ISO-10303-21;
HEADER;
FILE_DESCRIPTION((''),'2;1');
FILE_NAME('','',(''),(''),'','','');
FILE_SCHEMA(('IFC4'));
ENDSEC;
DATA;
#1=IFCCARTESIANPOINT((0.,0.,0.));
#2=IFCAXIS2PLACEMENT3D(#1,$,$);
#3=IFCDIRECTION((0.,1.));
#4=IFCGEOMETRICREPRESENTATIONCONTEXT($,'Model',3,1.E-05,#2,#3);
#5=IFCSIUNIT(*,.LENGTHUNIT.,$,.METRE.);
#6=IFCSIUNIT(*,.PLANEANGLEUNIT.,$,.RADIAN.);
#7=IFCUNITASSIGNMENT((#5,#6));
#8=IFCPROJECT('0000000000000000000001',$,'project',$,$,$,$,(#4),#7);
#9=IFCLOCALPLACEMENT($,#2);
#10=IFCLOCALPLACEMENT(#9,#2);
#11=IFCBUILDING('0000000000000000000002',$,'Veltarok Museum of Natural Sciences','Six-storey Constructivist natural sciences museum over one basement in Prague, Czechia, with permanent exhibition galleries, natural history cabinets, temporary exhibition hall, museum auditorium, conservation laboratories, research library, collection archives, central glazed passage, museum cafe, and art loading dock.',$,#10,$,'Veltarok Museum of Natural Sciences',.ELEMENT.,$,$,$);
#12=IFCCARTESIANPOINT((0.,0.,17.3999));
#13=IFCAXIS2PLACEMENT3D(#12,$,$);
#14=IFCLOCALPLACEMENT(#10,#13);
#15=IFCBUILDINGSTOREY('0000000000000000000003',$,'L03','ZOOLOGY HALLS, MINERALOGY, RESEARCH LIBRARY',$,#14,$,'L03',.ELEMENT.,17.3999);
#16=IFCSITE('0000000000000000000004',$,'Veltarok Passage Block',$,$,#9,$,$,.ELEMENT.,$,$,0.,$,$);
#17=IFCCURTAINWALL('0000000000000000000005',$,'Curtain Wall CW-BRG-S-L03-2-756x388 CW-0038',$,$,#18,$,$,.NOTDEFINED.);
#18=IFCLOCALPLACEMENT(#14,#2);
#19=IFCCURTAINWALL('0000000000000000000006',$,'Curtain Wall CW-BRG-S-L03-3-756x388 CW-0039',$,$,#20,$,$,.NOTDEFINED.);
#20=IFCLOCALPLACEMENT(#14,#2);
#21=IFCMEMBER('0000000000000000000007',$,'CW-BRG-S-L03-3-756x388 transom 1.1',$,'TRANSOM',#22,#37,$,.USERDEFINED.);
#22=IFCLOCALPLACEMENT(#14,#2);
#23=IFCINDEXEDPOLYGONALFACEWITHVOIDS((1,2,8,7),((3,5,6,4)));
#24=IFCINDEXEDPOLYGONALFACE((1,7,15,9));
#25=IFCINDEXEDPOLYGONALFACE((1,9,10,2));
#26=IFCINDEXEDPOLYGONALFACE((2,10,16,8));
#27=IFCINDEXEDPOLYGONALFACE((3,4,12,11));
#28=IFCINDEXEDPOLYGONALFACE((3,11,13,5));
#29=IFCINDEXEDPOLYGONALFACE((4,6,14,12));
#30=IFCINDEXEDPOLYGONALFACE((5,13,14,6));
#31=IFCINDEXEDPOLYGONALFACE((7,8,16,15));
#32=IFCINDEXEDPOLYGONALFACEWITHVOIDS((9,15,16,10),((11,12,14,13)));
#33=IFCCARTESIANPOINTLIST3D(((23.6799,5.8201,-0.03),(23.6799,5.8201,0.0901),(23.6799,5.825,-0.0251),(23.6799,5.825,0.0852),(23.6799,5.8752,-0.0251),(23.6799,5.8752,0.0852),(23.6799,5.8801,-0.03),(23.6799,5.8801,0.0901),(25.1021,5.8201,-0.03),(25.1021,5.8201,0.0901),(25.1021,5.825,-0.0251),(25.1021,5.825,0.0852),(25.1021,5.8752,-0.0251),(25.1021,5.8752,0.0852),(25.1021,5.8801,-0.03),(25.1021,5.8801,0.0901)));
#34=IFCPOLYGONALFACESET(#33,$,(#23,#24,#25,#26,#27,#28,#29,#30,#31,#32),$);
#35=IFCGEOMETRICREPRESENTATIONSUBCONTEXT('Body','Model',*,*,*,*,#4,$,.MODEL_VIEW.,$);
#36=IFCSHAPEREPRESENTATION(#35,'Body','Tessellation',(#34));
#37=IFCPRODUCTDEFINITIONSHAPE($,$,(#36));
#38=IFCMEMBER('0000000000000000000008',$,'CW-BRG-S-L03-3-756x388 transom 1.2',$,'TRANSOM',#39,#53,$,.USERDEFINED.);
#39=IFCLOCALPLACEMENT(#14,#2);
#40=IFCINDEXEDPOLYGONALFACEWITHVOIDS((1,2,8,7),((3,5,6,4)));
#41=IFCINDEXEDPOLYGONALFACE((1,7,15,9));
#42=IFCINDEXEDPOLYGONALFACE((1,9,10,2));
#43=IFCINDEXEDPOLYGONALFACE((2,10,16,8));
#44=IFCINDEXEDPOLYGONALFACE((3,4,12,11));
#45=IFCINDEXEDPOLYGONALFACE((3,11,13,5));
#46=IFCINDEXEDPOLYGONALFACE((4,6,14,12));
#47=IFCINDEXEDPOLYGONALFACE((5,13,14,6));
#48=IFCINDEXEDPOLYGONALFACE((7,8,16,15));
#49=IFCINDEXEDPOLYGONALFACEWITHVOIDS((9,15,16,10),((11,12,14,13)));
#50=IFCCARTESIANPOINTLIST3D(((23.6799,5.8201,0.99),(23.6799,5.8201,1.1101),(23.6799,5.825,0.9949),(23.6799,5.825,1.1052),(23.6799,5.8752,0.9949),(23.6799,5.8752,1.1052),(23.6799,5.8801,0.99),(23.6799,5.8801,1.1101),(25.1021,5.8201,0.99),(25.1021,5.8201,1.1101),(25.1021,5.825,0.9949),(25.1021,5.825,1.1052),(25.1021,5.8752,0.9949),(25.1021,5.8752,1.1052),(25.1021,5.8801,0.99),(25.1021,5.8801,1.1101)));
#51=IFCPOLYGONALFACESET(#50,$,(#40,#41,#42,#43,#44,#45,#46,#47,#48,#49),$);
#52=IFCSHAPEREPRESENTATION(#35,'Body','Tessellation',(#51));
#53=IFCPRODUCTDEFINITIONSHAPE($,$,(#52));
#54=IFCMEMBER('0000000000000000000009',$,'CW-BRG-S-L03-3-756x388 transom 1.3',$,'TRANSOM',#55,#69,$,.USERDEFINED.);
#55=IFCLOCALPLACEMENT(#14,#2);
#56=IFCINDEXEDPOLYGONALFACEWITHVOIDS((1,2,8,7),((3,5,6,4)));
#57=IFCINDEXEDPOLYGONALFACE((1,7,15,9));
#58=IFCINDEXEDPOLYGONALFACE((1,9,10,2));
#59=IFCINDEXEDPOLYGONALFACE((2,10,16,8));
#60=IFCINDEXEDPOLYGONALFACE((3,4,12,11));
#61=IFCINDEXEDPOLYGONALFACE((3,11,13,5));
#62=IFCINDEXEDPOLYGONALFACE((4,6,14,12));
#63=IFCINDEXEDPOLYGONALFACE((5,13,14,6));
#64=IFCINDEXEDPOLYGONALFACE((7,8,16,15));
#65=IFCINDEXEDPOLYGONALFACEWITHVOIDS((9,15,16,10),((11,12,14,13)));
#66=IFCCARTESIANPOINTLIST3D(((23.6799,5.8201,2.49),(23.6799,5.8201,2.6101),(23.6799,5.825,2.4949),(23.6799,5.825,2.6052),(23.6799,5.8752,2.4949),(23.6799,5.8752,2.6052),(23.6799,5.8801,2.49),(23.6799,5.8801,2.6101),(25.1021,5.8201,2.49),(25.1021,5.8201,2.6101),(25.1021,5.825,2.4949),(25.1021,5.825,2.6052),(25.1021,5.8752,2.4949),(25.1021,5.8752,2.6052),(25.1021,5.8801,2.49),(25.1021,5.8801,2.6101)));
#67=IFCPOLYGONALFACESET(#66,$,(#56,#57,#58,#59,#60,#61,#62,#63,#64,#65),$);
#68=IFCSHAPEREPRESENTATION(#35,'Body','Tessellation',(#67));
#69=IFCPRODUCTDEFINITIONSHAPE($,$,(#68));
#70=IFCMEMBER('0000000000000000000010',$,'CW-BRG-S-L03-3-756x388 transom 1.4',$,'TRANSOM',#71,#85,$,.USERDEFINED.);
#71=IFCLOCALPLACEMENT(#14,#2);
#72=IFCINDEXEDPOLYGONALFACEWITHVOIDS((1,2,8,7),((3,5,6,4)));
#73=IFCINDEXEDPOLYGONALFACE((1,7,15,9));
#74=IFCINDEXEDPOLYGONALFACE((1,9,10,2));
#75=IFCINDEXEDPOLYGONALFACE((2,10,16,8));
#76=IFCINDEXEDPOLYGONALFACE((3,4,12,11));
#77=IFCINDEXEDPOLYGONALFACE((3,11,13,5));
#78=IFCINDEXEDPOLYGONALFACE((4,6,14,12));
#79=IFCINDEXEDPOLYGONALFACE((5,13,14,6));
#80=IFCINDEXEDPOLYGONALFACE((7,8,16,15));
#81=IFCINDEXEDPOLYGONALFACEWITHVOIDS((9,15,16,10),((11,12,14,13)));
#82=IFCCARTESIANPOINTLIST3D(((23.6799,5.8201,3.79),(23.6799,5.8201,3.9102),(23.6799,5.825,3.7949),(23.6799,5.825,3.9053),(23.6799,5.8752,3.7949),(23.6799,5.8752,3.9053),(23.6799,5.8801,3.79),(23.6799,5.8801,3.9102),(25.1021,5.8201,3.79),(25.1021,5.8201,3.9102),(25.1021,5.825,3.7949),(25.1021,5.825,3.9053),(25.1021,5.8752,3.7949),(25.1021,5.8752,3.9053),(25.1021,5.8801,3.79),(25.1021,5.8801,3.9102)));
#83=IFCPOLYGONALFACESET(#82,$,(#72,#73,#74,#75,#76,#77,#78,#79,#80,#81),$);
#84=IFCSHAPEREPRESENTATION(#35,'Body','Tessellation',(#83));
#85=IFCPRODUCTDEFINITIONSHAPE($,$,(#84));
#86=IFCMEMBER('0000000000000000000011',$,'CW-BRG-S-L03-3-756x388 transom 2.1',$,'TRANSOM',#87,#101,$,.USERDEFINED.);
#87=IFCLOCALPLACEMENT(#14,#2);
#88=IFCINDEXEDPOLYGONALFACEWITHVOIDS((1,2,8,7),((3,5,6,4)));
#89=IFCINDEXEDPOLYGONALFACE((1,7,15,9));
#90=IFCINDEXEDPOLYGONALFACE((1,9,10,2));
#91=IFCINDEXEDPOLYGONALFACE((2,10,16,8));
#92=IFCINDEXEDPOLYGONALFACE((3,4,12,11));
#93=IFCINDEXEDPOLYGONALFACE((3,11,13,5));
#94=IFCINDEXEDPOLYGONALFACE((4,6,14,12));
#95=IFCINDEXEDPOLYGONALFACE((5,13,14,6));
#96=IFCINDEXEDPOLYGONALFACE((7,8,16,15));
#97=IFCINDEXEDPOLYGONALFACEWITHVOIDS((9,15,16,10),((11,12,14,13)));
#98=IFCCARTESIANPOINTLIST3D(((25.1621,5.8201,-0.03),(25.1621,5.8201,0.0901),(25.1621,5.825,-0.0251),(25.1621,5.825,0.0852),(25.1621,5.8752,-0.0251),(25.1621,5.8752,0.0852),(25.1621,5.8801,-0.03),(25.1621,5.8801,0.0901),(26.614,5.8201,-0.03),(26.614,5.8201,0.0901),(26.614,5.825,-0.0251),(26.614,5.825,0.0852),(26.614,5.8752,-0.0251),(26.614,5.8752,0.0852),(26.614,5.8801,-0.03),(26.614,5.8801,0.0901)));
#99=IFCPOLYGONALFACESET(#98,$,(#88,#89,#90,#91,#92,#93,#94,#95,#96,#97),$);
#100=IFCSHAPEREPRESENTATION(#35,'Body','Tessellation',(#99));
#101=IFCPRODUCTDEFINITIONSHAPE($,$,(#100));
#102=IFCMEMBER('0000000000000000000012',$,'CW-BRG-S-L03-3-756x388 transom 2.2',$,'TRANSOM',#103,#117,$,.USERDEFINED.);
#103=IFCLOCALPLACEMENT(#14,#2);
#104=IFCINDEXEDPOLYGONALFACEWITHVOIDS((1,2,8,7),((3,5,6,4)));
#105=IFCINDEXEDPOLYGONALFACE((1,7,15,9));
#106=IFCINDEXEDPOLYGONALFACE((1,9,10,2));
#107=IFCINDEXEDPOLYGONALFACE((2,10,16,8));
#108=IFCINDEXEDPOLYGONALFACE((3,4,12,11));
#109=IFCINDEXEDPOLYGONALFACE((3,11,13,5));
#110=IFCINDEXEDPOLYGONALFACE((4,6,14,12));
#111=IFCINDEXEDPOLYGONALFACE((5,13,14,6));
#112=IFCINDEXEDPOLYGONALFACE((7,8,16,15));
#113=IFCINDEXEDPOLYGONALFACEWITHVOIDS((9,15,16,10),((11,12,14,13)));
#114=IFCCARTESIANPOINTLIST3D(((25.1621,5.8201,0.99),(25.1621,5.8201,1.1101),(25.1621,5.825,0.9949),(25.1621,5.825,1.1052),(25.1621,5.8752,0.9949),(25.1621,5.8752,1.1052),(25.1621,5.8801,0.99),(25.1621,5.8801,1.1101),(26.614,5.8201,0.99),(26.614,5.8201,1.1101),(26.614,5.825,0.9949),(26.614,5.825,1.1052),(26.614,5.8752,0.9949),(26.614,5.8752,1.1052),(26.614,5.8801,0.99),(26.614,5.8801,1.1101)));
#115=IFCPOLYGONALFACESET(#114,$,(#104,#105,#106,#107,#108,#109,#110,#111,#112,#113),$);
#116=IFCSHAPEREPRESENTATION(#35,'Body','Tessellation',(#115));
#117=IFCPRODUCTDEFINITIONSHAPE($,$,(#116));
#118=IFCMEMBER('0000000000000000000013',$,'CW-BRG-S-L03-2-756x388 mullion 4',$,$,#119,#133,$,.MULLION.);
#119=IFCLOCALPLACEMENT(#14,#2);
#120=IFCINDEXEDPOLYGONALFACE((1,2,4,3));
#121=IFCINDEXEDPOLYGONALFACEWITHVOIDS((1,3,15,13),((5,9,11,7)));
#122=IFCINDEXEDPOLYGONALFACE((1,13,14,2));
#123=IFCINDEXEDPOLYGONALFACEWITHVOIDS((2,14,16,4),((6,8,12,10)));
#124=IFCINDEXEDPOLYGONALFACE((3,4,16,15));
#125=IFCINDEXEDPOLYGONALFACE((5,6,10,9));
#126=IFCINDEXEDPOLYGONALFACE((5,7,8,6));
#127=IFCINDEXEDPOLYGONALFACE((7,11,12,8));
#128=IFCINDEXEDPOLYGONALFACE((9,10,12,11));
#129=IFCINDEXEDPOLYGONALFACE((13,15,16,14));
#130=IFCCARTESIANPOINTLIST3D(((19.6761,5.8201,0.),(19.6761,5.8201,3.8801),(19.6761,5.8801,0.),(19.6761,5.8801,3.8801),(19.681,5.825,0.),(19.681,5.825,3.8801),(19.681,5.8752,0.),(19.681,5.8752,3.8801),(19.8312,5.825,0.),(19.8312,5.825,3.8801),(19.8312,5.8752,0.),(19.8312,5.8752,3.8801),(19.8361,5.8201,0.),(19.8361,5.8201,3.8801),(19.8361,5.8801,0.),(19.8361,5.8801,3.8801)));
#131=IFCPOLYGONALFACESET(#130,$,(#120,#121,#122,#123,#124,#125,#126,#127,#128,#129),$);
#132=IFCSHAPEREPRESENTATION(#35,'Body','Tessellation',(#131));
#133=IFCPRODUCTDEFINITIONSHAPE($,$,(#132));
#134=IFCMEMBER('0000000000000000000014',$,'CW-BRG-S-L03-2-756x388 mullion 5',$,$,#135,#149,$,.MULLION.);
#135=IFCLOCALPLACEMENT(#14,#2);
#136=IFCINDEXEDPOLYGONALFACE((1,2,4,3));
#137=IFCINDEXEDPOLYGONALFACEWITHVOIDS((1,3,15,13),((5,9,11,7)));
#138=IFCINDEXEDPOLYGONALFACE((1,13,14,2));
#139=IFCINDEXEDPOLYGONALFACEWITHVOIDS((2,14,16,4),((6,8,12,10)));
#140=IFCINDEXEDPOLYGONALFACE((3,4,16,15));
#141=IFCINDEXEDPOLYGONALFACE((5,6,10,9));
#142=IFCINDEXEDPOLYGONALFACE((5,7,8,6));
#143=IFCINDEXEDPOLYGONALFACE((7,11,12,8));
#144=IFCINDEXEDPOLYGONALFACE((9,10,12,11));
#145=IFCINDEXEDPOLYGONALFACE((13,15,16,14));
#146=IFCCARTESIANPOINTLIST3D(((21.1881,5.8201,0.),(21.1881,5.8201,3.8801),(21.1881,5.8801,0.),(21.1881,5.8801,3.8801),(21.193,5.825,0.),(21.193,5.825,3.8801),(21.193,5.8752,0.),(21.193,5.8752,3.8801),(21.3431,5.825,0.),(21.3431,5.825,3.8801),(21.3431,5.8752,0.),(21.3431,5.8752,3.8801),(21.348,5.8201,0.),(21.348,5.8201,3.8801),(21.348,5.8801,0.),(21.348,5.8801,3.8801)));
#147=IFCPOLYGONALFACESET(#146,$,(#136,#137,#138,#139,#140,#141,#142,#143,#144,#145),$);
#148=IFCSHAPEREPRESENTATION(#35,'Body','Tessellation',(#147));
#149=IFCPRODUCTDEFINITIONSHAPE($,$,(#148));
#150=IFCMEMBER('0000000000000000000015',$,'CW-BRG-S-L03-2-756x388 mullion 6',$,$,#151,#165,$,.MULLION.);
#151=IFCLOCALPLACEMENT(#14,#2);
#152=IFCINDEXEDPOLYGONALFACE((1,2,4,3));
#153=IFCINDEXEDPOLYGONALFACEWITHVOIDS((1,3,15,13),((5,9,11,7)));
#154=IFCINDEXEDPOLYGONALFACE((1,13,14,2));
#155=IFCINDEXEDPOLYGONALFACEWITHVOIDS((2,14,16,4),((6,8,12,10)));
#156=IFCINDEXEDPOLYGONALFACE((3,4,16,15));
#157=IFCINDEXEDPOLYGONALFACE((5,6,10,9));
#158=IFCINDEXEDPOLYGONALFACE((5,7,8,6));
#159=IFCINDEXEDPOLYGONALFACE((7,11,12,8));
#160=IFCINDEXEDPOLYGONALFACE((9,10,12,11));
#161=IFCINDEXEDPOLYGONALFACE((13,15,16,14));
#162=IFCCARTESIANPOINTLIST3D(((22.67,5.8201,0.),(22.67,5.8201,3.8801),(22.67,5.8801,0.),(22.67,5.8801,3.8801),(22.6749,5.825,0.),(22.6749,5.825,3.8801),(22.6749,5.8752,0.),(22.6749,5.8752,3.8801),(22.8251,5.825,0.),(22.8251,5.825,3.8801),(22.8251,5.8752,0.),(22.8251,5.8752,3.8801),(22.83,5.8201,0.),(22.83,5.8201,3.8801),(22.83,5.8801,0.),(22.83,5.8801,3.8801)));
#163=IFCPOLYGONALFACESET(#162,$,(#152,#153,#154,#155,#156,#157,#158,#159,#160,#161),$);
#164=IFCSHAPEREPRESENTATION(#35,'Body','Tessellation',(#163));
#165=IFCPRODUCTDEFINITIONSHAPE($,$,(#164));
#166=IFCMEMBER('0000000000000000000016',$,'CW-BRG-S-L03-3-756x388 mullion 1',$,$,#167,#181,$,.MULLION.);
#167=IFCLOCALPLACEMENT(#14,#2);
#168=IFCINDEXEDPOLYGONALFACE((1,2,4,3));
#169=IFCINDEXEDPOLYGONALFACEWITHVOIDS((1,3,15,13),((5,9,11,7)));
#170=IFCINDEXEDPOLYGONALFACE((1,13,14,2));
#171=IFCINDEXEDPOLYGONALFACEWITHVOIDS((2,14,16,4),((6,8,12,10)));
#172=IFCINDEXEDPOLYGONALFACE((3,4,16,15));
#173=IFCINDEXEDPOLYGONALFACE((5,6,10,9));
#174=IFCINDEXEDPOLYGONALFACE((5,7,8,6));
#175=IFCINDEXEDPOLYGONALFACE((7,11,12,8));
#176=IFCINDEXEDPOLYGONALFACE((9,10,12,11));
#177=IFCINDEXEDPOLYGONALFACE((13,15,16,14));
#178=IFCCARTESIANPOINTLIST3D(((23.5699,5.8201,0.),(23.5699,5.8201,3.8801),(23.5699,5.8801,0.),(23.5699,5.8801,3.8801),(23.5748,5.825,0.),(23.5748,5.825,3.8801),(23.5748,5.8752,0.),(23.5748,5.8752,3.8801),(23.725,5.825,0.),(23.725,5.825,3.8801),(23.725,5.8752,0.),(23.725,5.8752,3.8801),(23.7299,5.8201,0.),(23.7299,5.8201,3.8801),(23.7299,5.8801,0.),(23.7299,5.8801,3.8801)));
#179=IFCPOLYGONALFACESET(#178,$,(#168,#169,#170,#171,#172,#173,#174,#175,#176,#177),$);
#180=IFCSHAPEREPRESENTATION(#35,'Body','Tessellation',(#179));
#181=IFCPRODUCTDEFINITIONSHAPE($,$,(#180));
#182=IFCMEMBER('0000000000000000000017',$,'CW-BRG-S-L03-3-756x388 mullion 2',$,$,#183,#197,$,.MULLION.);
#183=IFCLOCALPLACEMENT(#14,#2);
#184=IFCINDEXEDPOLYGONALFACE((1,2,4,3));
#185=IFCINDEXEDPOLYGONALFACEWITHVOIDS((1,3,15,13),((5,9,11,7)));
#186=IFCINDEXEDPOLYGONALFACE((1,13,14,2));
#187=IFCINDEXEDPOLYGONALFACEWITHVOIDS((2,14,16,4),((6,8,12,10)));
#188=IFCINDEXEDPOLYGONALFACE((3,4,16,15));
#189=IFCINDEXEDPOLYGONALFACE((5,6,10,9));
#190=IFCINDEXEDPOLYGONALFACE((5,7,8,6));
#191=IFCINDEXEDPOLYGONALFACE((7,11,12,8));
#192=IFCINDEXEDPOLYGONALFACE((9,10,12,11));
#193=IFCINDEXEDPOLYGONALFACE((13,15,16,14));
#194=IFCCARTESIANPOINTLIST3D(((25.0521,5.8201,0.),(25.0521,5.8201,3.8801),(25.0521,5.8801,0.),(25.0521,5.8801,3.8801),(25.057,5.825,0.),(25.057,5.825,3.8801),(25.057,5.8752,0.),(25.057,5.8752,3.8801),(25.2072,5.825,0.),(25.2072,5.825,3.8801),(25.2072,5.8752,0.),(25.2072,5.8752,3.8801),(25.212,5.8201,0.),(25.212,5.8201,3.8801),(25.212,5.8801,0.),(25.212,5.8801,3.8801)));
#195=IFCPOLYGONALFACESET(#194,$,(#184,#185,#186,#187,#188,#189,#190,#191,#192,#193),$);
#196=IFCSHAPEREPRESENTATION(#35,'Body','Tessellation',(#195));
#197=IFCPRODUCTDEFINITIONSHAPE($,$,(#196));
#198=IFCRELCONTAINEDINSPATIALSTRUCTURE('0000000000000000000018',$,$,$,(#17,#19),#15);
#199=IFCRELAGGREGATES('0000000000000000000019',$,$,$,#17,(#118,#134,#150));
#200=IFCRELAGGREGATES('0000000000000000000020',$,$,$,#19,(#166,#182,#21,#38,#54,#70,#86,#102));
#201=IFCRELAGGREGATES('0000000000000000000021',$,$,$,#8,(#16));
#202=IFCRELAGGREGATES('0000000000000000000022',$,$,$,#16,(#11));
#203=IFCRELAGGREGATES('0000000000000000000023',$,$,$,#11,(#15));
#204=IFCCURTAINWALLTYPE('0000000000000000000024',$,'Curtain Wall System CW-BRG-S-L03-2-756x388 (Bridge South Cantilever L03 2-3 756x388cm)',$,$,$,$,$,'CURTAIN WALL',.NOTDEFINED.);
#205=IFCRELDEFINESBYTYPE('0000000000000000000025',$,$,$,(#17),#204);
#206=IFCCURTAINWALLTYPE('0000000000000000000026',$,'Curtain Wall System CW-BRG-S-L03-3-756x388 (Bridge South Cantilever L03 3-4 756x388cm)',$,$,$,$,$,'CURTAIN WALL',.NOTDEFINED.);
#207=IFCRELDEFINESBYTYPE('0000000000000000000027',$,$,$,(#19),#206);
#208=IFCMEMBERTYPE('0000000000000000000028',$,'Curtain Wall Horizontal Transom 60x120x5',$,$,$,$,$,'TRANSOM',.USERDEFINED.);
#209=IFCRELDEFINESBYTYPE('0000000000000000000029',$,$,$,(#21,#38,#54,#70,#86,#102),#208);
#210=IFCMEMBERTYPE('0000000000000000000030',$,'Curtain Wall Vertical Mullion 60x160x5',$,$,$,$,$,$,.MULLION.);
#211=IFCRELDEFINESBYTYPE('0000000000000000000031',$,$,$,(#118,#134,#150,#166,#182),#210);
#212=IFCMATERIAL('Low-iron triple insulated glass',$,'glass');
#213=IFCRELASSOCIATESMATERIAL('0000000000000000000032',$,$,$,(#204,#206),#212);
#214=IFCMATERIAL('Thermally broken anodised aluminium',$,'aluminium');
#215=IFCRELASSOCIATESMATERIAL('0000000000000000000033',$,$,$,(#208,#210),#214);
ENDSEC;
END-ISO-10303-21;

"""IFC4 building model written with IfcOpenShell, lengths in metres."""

from ifc_helpers import new_model, si_unit, direction, frame, origin, origin_2d, place, context, subcontext, project, spatial, hollow_rectangle, extrude, material, material_profile, profile_set, type_object, element, aggregate, save


model = new_model("IFC4")

# Units and contexts
model_context = context("Model", 3, precision=1e-05, world=origin(), true_north=direction((0.0, 1.0)))
body_context = subcontext(model_context, "Body", "Model", "MODEL_VIEW")
ifc_project = project(units=[si_unit("LENGTHUNIT", "METRE"), si_unit("PLANEANGLEUNIT", "RADIAN")], contexts=[model_context])

# Site, building, storey
site_placement = place(None, origin())
site = spatial("IfcSite", under=ifc_project, at=site_placement, Name="Veltarok Passage Block", CompositionType="ELEMENT", RefElevation=0.0)
building_placement = place(site_placement, origin())
building = spatial("IfcBuilding", under=site, at=building_placement, Name="Veltarok Museum of Natural Sciences", Description="Six-storey Constructivist natural sciences museum over one basement in Prague, Czechia, with permanent exhibition galleries, natural history cabinets, temporary exhibition hall, museum auditorium, conservation laboratories, research library, collection archives, central glazed passage, museum cafe, and art loading dock.", LongName="Veltarok Museum of Natural Sciences", CompositionType="ELEMENT")
storey_placement = place(building_placement, frame((0.0, 0.0, 17.3999)))
storey = spatial("IfcBuildingStorey", under=building, at=storey_placement, Name="L03", Description="ZOOLOGY HALLS, MINERALOGY, RESEARCH LIBRARY", LongName="L03", CompositionType="ELEMENT", Elevation=17.3999)

# Curtain walls, members
ifc_material_1 = material(Name="Low-iron triple insulated glass", Category="glass")
curtain_wall_type_1 = type_object("IfcCurtainWallType", Name="Curtain Wall System CW-BRG-S-L03-2-756x388 (Bridge South Cantilever L03 2-3 756x388cm)", ElementType="CURTAIN WALL", PredefinedType="NOTDEFINED", material=ifc_material_1)
curtain_wall_1_placement = place(storey_placement, origin())
curtain_wall_1 = element("IfcCurtainWall", 1, at=curtain_wall_1_placement, inside=storey, type_object=curtain_wall_type_1, Name="Curtain Wall CW-BRG-S-L03-2-756x388 CW-0038", PredefinedType="NOTDEFINED")
ifc_material_2 = material(Name="Thermally broken anodised aluminium", Category="aluminium")
ifc_material_profile_1 = material_profile(ifc_material_2, hollow_rectangle(XDim=0.0601, YDim=0.1201, WallThickness=0.0049, at=origin_2d()), Name="CW TRANSOM 60x120x5")
ifc_profile_set_1 = profile_set([ifc_material_profile_1], Name="Thermally broken anodised aluminium")
member_type_1 = type_object("IfcMemberType", Name="Curtain Wall Horizontal Transom 60x120x5", ElementType="TRANSOM", PredefinedType="USERDEFINED", material=ifc_profile_set_1)
curtain_wall_type_2 = type_object("IfcCurtainWallType", Name="Curtain Wall System CW-BRG-S-L03-3-756x388 (Bridge South Cantilever L03 3-4 756x388cm)", ElementType="CURTAIN WALL", PredefinedType="NOTDEFINED", material=ifc_material_1)
curtain_wall_2_placement = place(storey_placement, origin())
curtain_wall_2 = element("IfcCurtainWall", 2, at=curtain_wall_2_placement, inside=storey, type_object=curtain_wall_type_2, Name="Curtain Wall CW-BRG-S-L03-3-756x388 CW-0039", PredefinedType="NOTDEFINED")
member_1_placement = place(storey_placement, frame((23.6799, 5.8501, 0.03), z_axis=(1.0, 0.0, 0.0), x_axis=(0.0, 1.0, 0.0)))
member_1 = element("IfcMember", 3, at=member_1_placement, type_object=member_type_1, Name="CW-BRG-S-L03-3-756x388 transom 1.1", ObjectType="TRANSOM", PredefinedType="USERDEFINED", context=body_context, shape_type="SweptSolid", body=[
    extrude(hollow_rectangle(XDim=0.0601, YDim=0.1201, WallThickness=0.0049, at=origin_2d()), origin(), (0.0, 0.0, 1.0), 1.4221),
])
member_2_placement = place(storey_placement, frame((23.6799, 5.8501, 1.05), z_axis=(1.0, 0.0, 0.0), x_axis=(0.0, 1.0, 0.0)))
member_2 = element("IfcMember", 4, at=member_2_placement, type_object=member_type_1, Name="CW-BRG-S-L03-3-756x388 transom 1.2", ObjectType="TRANSOM", PredefinedType="USERDEFINED", context=body_context, shape_type="SweptSolid", body=[
    extrude(hollow_rectangle(XDim=0.0601, YDim=0.1201, WallThickness=0.0049, at=origin_2d()), origin(), (0.0, 0.0, 1.0), 1.4221),
])
member_3_placement = place(storey_placement, frame((23.6799, 5.8501, 2.55), z_axis=(1.0, 0.0, 0.0), x_axis=(0.0, 1.0, 0.0)))
member_3 = element("IfcMember", 5, at=member_3_placement, type_object=member_type_1, Name="CW-BRG-S-L03-3-756x388 transom 1.3", ObjectType="TRANSOM", PredefinedType="USERDEFINED", context=body_context, shape_type="SweptSolid", body=[
    extrude(hollow_rectangle(XDim=0.0601, YDim=0.1201, WallThickness=0.0049, at=origin_2d()), origin(), (0.0, 0.0, 1.0), 1.4221),
])
member_4_placement = place(storey_placement, frame((23.6799, 5.8501, 3.8501), z_axis=(1.0, 0.0, 0.0), x_axis=(0.0, 1.0, 0.0)))
member_4 = element("IfcMember", 6, at=member_4_placement, type_object=member_type_1, Name="CW-BRG-S-L03-3-756x388 transom 1.4", ObjectType="TRANSOM", PredefinedType="USERDEFINED", context=body_context, shape_type="SweptSolid", body=[
    extrude(hollow_rectangle(XDim=0.0601, YDim=0.1201, WallThickness=0.0049, at=origin_2d()), origin(), (0.0, 0.0, 1.0), 1.4221),
])
member_5_placement = place(storey_placement, frame((25.1621, 5.8501, 0.03), z_axis=(1.0, 0.0, 0.0), x_axis=(0.0, 1.0, 0.0)))
member_5 = element("IfcMember", 7, at=member_5_placement, type_object=member_type_1, Name="CW-BRG-S-L03-3-756x388 transom 2.1", ObjectType="TRANSOM", PredefinedType="USERDEFINED", context=body_context, shape_type="SweptSolid", body=[
    extrude(hollow_rectangle(XDim=0.0601, YDim=0.1201, WallThickness=0.0049, at=origin_2d()), origin(), (0.0, 0.0, 1.0), 1.4519),
])
member_6_placement = place(storey_placement, frame((25.1621, 5.8501, 1.05), z_axis=(1.0, 0.0, 0.0), x_axis=(0.0, 1.0, 0.0)))
member_6 = element("IfcMember", 8, at=member_6_placement, type_object=member_type_1, Name="CW-BRG-S-L03-3-756x388 transom 2.2", ObjectType="TRANSOM", PredefinedType="USERDEFINED", context=body_context, shape_type="SweptSolid", body=[
    extrude(hollow_rectangle(XDim=0.0601, YDim=0.1201, WallThickness=0.0049, at=origin_2d()), origin(), (0.0, 0.0, 1.0), 1.4519),
])

# Members
ifc_material_profile_2 = material_profile(ifc_material_2, hollow_rectangle(XDim=0.0601, YDim=0.1599, WallThickness=0.0049, at=origin_2d()), Name="CW MULLION 60x160x5")
ifc_profile_set_2 = profile_set([ifc_material_profile_2], Name="Thermally broken anodised aluminium")
member_type_2 = type_object("IfcMemberType", Name="Curtain Wall Vertical Mullion 60x160x5", PredefinedType="MULLION", material=ifc_profile_set_2)
member_7_placement = place(storey_placement, frame((19.7561, 5.8501, 0.0), z_axis=(0.0, 0.0, 1.0), x_axis=(0.0, 1.0, 0.0)))
member_7 = element("IfcMember", 9, at=member_7_placement, type_object=member_type_2, Name="CW-BRG-S-L03-2-756x388 mullion 4", PredefinedType="MULLION", context=body_context, shape_type="SweptSolid", body=[
    extrude(hollow_rectangle(XDim=0.0601, YDim=0.1599, WallThickness=0.0049, at=origin_2d()), origin(), (0.0, 0.0, 1.0), 3.8801),
])
member_8_placement = place(storey_placement, frame((21.2681, 5.8501, 0.0), z_axis=(0.0, 0.0, 1.0), x_axis=(0.0, 1.0, 0.0)))
member_8 = element("IfcMember", 10, at=member_8_placement, type_object=member_type_2, Name="CW-BRG-S-L03-2-756x388 mullion 5", PredefinedType="MULLION", context=body_context, shape_type="SweptSolid", body=[
    extrude(hollow_rectangle(XDim=0.0601, YDim=0.1599, WallThickness=0.0049, at=origin_2d()), origin(), (0.0, 0.0, 1.0), 3.8801),
])
member_9_placement = place(storey_placement, frame((22.75, 5.8501, 0.0), z_axis=(0.0, 0.0, 1.0), x_axis=(0.0, 1.0, 0.0)))
member_9 = element("IfcMember", 11, at=member_9_placement, type_object=member_type_2, Name="CW-BRG-S-L03-2-756x388 mullion 6", PredefinedType="MULLION", context=body_context, shape_type="SweptSolid", body=[
    extrude(hollow_rectangle(XDim=0.0601, YDim=0.1599, WallThickness=0.0049, at=origin_2d()), origin(), (0.0, 0.0, 1.0), 3.8801),
])
member_10_placement = place(storey_placement, frame((23.6499, 5.8501, 0.0), z_axis=(0.0, 0.0, 1.0), x_axis=(0.0, 1.0, 0.0)))
member_10 = element("IfcMember", 12, at=member_10_placement, type_object=member_type_2, Name="CW-BRG-S-L03-3-756x388 mullion 1", PredefinedType="MULLION", context=body_context, shape_type="SweptSolid", body=[
    extrude(hollow_rectangle(XDim=0.0601, YDim=0.1599, WallThickness=0.0049, at=origin_2d()), origin(), (0.0, 0.0, 1.0), 3.8801),
])
member_11_placement = place(storey_placement, frame((25.1321, 5.8501, 0.0), z_axis=(0.0, 0.0, 1.0), x_axis=(0.0, 1.0, 0.0)))
member_11 = element("IfcMember", 13, at=member_11_placement, type_object=member_type_2, Name="CW-BRG-S-L03-3-756x388 mullion 2", PredefinedType="MULLION", context=body_context, shape_type="SweptSolid", body=[
    extrude(hollow_rectangle(XDim=0.0601, YDim=0.1599, WallThickness=0.0049, at=origin_2d()), origin(), (0.0, 0.0, 1.0), 3.8801),
])

aggregate(curtain_wall_1, [member_7, member_8, member_9])
aggregate(curtain_wall_2, [member_10, member_11, member_1, member_2, member_3, member_4, member_5, member_6])

save(model, "model.ifc")
